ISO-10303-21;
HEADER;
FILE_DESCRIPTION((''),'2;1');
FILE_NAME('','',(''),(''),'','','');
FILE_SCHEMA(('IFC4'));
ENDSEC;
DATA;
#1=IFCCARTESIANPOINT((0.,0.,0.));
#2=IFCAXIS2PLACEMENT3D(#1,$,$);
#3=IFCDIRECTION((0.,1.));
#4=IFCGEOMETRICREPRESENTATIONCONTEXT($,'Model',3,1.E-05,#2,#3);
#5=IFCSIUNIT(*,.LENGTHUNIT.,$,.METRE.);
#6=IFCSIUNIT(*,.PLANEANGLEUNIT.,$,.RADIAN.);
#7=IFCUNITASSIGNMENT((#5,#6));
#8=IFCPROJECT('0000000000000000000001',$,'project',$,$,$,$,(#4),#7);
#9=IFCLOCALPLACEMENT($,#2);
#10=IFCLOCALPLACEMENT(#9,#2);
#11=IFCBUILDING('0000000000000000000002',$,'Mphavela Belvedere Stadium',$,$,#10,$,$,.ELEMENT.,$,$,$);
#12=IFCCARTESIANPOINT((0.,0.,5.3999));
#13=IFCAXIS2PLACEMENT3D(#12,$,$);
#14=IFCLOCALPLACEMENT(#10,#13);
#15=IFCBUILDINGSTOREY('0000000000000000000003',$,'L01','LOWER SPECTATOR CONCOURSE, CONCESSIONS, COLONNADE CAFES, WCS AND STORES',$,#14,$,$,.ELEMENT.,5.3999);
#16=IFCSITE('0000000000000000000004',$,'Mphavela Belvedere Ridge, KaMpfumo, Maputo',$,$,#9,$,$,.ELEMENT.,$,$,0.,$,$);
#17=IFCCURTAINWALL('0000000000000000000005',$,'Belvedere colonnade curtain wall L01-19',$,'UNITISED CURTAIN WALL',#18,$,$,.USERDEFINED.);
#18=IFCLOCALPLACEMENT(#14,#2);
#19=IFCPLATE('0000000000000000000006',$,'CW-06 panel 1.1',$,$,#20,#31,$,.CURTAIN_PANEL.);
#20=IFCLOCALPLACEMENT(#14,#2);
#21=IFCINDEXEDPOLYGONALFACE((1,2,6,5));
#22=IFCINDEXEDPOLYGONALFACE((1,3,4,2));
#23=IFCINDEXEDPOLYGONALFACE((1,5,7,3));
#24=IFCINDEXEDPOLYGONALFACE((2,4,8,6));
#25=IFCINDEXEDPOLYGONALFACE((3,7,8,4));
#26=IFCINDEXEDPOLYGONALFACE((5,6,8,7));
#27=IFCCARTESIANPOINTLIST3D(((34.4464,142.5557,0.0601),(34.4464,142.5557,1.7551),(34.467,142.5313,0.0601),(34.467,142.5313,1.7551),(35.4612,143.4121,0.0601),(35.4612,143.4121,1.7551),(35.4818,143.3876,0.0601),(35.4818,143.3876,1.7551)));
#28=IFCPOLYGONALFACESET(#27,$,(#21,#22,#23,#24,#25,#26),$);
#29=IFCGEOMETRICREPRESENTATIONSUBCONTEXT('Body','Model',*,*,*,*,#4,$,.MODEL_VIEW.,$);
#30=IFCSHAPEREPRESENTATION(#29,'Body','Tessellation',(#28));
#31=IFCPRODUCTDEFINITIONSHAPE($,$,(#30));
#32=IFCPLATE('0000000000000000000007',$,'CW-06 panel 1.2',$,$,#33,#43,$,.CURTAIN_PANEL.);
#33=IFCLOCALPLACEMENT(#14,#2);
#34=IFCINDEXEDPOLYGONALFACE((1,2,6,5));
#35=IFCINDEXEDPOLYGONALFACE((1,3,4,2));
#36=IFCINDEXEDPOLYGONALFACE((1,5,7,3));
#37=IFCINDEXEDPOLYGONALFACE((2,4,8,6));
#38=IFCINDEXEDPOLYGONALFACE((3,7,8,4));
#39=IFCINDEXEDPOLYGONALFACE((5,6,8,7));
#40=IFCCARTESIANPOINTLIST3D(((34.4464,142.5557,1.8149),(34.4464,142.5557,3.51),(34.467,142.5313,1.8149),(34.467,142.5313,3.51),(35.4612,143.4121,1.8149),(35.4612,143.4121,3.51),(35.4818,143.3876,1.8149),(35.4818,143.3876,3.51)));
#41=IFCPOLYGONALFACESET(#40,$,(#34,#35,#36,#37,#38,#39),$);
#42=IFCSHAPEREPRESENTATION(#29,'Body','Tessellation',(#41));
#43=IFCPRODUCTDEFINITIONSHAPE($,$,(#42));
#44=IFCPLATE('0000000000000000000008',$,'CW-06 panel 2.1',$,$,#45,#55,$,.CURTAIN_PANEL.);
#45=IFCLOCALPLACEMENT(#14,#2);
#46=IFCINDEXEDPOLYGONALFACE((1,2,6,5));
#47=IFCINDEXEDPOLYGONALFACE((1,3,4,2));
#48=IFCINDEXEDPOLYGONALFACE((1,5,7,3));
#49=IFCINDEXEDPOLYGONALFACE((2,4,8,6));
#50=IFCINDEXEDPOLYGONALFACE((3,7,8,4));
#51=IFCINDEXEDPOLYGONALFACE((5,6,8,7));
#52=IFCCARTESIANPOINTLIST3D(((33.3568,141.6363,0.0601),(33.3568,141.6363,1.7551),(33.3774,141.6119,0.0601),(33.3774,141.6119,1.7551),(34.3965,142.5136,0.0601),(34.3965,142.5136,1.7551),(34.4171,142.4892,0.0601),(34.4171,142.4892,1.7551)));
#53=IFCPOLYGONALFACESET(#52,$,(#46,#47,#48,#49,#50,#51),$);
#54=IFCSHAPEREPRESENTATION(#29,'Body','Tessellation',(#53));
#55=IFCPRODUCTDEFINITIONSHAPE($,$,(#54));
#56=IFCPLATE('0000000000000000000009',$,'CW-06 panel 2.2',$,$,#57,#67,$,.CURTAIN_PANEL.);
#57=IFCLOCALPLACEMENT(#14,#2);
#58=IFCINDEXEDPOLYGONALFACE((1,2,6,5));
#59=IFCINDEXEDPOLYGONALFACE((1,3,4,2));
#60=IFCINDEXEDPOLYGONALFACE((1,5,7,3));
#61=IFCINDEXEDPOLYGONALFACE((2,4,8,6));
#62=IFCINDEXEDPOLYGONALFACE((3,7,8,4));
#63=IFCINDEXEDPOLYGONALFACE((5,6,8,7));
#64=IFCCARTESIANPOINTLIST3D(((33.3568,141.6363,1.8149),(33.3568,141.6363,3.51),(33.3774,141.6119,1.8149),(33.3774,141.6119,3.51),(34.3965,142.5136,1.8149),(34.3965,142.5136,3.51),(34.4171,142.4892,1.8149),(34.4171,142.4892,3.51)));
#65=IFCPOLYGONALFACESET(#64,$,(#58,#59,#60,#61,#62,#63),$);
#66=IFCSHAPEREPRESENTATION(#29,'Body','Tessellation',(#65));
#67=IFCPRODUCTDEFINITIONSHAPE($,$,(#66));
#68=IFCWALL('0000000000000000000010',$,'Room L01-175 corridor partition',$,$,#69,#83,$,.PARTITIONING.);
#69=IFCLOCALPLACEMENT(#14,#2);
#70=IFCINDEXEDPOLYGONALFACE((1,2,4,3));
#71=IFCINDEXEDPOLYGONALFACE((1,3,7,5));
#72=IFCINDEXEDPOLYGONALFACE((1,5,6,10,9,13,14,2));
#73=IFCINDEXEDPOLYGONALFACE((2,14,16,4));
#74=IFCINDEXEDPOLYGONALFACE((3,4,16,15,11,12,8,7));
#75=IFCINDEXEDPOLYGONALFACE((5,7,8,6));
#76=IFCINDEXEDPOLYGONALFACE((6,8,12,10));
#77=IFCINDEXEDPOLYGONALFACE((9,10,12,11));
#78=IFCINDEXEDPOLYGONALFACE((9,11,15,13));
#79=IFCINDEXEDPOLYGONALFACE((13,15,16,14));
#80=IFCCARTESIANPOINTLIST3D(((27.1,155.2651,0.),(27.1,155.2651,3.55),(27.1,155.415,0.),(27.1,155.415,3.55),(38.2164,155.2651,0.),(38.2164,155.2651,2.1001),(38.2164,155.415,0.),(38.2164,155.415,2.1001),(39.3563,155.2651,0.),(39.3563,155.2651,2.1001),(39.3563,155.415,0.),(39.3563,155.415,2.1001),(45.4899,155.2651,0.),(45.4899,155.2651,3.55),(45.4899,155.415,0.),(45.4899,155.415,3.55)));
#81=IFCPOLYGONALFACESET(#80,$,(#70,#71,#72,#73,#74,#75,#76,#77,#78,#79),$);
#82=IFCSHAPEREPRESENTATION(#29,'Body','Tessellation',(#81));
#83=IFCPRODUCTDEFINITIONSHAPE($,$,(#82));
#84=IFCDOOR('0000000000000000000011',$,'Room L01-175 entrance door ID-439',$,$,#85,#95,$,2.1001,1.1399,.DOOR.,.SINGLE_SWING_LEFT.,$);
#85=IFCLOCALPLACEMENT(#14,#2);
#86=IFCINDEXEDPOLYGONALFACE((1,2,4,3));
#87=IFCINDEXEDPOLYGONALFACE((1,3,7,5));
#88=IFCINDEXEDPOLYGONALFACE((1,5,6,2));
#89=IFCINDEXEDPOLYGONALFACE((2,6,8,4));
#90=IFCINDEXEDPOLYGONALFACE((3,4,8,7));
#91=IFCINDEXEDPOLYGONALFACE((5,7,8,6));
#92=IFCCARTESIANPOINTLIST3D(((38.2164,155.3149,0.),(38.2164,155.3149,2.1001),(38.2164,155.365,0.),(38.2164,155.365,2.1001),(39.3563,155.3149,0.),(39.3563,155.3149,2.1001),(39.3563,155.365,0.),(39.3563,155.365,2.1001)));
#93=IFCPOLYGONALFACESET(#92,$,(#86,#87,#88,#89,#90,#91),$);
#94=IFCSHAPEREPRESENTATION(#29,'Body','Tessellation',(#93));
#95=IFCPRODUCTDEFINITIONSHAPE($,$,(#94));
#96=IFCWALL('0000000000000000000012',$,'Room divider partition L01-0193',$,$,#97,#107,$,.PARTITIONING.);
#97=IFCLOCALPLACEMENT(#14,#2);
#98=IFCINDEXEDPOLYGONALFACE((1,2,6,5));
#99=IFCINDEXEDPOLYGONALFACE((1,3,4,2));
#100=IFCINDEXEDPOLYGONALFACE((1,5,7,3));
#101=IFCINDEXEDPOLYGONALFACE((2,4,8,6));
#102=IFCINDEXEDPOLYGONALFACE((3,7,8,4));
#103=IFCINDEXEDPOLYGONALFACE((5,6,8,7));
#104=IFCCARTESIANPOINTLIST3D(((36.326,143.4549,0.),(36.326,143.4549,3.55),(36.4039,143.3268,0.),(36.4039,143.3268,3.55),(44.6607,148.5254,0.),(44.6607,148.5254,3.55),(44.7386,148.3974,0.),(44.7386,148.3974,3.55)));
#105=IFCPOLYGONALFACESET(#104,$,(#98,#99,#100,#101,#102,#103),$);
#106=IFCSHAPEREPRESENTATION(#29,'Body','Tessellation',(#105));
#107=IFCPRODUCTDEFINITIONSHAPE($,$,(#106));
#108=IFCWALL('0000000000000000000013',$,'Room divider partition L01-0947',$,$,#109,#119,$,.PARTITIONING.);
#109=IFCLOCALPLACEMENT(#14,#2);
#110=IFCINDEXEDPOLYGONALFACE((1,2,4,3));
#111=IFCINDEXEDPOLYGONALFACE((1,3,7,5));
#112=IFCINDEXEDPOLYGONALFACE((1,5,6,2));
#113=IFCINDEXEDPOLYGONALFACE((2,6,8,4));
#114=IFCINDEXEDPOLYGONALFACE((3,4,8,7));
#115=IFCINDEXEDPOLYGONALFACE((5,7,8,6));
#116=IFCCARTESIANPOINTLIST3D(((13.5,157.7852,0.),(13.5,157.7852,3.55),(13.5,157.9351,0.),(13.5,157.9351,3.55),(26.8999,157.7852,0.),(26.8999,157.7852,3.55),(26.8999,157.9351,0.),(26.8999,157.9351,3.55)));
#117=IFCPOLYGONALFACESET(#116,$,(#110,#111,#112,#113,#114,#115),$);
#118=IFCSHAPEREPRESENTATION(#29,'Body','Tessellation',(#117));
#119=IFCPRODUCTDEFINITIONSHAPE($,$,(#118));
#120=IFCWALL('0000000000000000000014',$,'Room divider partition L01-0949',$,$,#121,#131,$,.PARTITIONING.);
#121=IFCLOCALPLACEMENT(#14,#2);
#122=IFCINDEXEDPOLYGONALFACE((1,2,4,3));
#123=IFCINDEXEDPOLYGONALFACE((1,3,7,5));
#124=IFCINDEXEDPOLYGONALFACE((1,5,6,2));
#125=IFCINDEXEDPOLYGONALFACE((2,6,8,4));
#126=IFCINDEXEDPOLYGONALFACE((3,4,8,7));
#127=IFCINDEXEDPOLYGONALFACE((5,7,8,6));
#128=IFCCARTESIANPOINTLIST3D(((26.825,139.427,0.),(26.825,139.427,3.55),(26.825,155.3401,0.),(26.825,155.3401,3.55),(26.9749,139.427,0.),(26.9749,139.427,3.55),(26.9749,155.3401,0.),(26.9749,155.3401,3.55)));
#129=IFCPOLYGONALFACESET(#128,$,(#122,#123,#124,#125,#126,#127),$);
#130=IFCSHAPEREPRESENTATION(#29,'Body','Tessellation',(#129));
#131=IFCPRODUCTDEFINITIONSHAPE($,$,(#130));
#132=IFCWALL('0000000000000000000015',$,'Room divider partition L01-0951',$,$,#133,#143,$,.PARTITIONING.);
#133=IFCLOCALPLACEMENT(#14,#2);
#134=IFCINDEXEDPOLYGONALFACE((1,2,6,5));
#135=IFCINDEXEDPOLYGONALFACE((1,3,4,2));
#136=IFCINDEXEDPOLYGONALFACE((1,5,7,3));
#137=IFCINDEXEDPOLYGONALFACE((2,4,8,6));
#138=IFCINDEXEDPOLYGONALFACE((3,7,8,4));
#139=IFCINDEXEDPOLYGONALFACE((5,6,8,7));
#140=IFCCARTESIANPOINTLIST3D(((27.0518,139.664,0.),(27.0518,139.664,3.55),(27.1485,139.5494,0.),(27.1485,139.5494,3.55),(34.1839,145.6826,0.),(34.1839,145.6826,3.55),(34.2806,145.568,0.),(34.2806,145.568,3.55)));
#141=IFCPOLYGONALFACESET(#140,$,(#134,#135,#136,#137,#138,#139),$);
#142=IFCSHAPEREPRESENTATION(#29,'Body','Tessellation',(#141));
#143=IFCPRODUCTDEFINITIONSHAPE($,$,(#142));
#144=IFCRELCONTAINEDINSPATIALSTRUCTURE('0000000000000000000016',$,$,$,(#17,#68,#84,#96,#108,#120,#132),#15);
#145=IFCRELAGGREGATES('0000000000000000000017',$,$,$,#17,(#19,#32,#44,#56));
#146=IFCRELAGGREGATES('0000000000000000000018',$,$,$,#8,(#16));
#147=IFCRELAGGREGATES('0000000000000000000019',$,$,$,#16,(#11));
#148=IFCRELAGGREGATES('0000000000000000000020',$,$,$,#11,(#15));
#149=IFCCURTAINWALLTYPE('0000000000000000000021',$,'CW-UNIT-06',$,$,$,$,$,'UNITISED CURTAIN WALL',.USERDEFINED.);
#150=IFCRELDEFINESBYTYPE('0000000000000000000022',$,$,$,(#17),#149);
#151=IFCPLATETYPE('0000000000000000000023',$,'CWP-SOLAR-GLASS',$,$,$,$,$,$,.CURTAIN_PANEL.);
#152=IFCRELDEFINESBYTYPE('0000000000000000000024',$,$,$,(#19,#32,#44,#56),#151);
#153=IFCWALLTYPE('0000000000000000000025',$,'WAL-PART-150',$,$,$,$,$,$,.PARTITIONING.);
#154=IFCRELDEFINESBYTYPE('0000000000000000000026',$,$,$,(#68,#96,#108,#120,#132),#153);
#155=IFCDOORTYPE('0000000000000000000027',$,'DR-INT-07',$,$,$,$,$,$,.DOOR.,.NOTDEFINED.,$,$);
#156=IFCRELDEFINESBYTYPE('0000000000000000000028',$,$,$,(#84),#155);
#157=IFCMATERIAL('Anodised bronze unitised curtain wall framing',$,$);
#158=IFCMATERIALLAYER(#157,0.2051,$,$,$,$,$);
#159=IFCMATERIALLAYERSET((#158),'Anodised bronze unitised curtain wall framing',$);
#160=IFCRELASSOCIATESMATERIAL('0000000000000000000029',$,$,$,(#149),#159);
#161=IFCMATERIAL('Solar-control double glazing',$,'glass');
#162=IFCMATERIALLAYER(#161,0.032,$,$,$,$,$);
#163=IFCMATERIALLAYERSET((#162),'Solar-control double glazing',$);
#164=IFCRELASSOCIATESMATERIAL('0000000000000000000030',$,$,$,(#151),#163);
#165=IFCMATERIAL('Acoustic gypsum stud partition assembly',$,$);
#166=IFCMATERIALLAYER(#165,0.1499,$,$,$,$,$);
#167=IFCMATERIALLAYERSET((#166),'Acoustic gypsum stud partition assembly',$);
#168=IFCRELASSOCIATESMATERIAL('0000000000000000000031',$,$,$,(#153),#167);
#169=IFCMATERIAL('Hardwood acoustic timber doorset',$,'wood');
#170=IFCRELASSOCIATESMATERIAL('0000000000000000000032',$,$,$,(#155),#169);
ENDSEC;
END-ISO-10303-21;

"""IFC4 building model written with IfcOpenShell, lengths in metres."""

from ifc_helpers import new_model, si_unit, direction, frame, frame_2d, origin, origin_2d, place, context, subcontext, project, spatial, rectangle, extrude, material, layer, layer_set, type_object, element, fill, aggregate, save


model = new_model("IFC4")

# Units and contexts
model_context = context("Model", 3, precision=1e-05, world=origin(), true_north=direction((0.0, 1.0)))
body_context = subcontext(model_context, "Body", "Model", "MODEL_VIEW")
ifc_project = project(units=[si_unit("LENGTHUNIT", "METRE"), si_unit("PLANEANGLEUNIT", "RADIAN")], contexts=[model_context])

# Site, building, storey
site_placement = place(None, origin())
site = spatial("IfcSite", under=ifc_project, at=site_placement, Name="Mphavela Belvedere Ridge, KaMpfumo, Maputo", CompositionType="ELEMENT", RefElevation=0.0)
building_placement = place(site_placement, origin())
building = spatial("IfcBuilding", under=site, at=building_placement, Name="Mphavela Belvedere Stadium", CompositionType="ELEMENT")
storey_placement = place(building_placement, frame((0.0, 0.0, 5.3999)))
storey = spatial("IfcBuildingStorey", under=building, at=storey_placement, Name="L01", Description="LOWER SPECTATOR CONCOURSE, CONCESSIONS, COLONNADE CAFES, WCS AND STORES", CompositionType="ELEMENT", Elevation=5.3999)

# Curtain wall
ifc_material_1 = material(Name="Anodised bronze unitised curtain wall framing")
ifc_layer_1 = layer(ifc_material_1, 0.2051)
ifc_layer_set_1 = layer_set([ifc_layer_1], Name="Anodised bronze unitised curtain wall framing")
curtain_wall_type_1 = type_object("IfcCurtainWallType", Name="CW-UNIT-06", ElementType="UNITISED CURTAIN WALL", PredefinedType="USERDEFINED", material=ifc_layer_set_1)
curtain_wall_1_placement = place(storey_placement, origin())
curtain_wall_1 = element("IfcCurtainWall", 1, at=curtain_wall_1_placement, inside=storey, type_object=curtain_wall_type_1, Name="Belvedere colonnade curtain wall L01-19", ObjectType="UNITISED CURTAIN WALL", PredefinedType="USERDEFINED")

# Plates
ifc_material_2 = material(Name="Solar-control double glazing", Category="glass")
ifc_layer_2 = layer(ifc_material_2, 0.032)
ifc_layer_set_2 = layer_set([ifc_layer_2], Name="Solar-control double glazing")
plate_type = type_object("IfcPlateType", Name="CWP-SOLAR-GLASS", PredefinedType="CURTAIN_PANEL", material=ifc_layer_set_2)
plate_1_placement = place(storey_placement, frame((34.9641, 142.9717, 0.0601), z_axis=(0.0, 0.0, 1.0), x_axis=(-0.764259, -0.64491, 0.0)))
plate_1 = element("IfcPlate", 2, at=plate_1_placement, type_object=plate_type, Name="CW-06 panel 1.1", PredefinedType="CURTAIN_PANEL", context=body_context, shape_type="SweptSolid", body=[
    extrude(rectangle(XDim=1.3279, YDim=0.032, at=origin_2d()), origin(), (0.0, 0.0, 1.0), 1.6951),
])
plate_2_placement = place(storey_placement, frame((34.9641, 142.9717, 1.8149), z_axis=(0.0, 0.0, 1.0), x_axis=(-0.764259, -0.64491, 0.0)))
plate_2 = element("IfcPlate", 3, at=plate_2_placement, type_object=plate_type, Name="CW-06 panel 1.2", PredefinedType="CURTAIN_PANEL", context=body_context, shape_type="SweptSolid", body=[
    extrude(rectangle(XDim=1.3279, YDim=0.032, at=origin_2d()), origin(), (0.0, 0.0, 1.0), 1.6951),
])
plate_3_placement = place(storey_placement, frame((33.887, 142.0627, 0.0601), z_axis=(0.0, 0.0, 1.0), x_axis=(-0.764259, -0.64491, 0.0)))
plate_3 = element("IfcPlate", 4, at=plate_3_placement, type_object=plate_type, Name="CW-06 panel 2.1", PredefinedType="CURTAIN_PANEL", context=body_context, shape_type="SweptSolid", body=[
    extrude(rectangle(XDim=1.3604, YDim=0.032, at=origin_2d()), origin(), (0.0, 0.0, 1.0), 1.6951),
])
plate_4_placement = place(storey_placement, frame((33.887, 142.0627, 1.8149), z_axis=(0.0, 0.0, 1.0), x_axis=(-0.764259, -0.64491, 0.0)))
plate_4 = element("IfcPlate", 5, at=plate_4_placement, type_object=plate_type, Name="CW-06 panel 2.2", PredefinedType="CURTAIN_PANEL", context=body_context, shape_type="SweptSolid", body=[
    extrude(rectangle(XDim=1.3604, YDim=0.032, at=origin_2d()), origin(), (0.0, 0.0, 1.0), 1.6951),
])
aggregate(curtain_wall_1, [plate_1, plate_2, plate_3, plate_4])

# Wall, opening, door
ifc_material_3 = material(Name="Acoustic gypsum stud partition assembly")
ifc_layer_3 = layer(ifc_material_3, 0.1499)
ifc_layer_set_3 = layer_set([ifc_layer_3], Name="Acoustic gypsum stud partition assembly")
wall_type = type_object("IfcWallType", Name="WAL-PART-150", PredefinedType="PARTITIONING", material=ifc_layer_set_3)
wall_1_placement = place(storey_placement, frame((27.1001, 155.3401, 0.0), z_axis=(0.0, 0.0, 1.0), x_axis=(1.0, 0.0, 0.0)))
wall_1 = element("IfcWall", 6, at=wall_1_placement, inside=storey, type_object=wall_type, Name="Room L01-175 corridor partition", PredefinedType="PARTITIONING", context=body_context, shape_type="SweptSolid", body=[
    extrude(rectangle(XDim=18.3899, YDim=0.1499, at=frame_2d((9.1948, 0.0))), origin(), (0.0, 0.0, 1.0), 3.55),
])
opening_placement = place(wall_1_placement, frame((11.1165, 0.0, 0.0)))
opening = element("IfcOpeningElement", 7, at=opening_placement, cuts=wall_1, PredefinedType="OPENING", context=body_context, shape_type="SweptSolid", body=[
    extrude(rectangle(XDim=1.1399, YDim=2.1001, at=frame_2d((0.5698, 1.05))), frame((0.0, 0.085, 0.0), z_axis=(0.0, -1.0, 0.0), x_axis=(1.0, 0.0, 0.0)), (0.0, 0.0, 1.0), 0.1699),
])
ifc_material_4 = material(Name="Hardwood acoustic timber doorset", Category="wood")
door_type = type_object("IfcDoorType", Name="DR-INT-07", OperationType="NOTDEFINED", PredefinedType="DOOR", material=ifc_material_4)
door_placement = place(opening_placement, origin())
door = element("IfcDoor", 8, at=door_placement, inside=storey, type_object=door_type, Name="Room L01-175 entrance door ID-439", OperationType="SINGLE_SWING_LEFT", OverallHeight=2.1001, OverallWidth=1.1399, PredefinedType="DOOR", context=body_context, shape_type="SweptSolid", body=[
    extrude(rectangle(XDim=1.1399, YDim=2.1001, at=frame_2d((0.5698, 1.05))), frame((0.0, 0.0249, 0.0), z_axis=(0.0, -1.0, 0.0), x_axis=(1.0, 0.0, 0.0)), (0.0, 0.0, 1.0), 0.05),
])
fill(opening, door)

# Walls
wall_2_placement = place(storey_placement, frame((36.365, 143.3909, 0.0), z_axis=(0.0, 0.0, 1.0), x_axis=(0.854324, 0.519741, 0.0)))
element("IfcWall", 9, at=wall_2_placement, inside=storey, type_object=wall_type, Name="Room divider partition L01-0193", PredefinedType="PARTITIONING", context=body_context, shape_type="SweptSolid", body=[
    extrude(rectangle(XDim=9.7559, YDim=0.1499, at=frame_2d((4.8779, 0.0))), origin(), (0.0, 0.0, 1.0), 3.55),
])
wall_3_placement = place(storey_placement, frame((26.8999, 157.8601, 0.0), z_axis=(0.0, 0.0, 1.0), x_axis=(-1.0, 0.0, 0.0)))
element("IfcWall", 10, at=wall_3_placement, inside=storey, type_object=wall_type, Name="Room divider partition L01-0947", PredefinedType="PARTITIONING", context=body_context, shape_type="SweptSolid", body=[
    extrude(rectangle(XDim=13.3999, YDim=0.1499, at=frame_2d((6.7, 0.0))), origin(), (0.0, 0.0, 1.0), 3.55),
])
wall_4_placement = place(storey_placement, frame((26.8999, 155.3401, 0.0), z_axis=(0.0, 0.0, 1.0), x_axis=(0.0, -1.0, 0.0)))
element("IfcWall", 11, at=wall_4_placement, inside=storey, type_object=wall_type, Name="Room divider partition L01-0949", PredefinedType="PARTITIONING", context=body_context, shape_type="SweptSolid", body=[
    extrude(rectangle(XDim=15.9131, YDim=0.1499, at=frame_2d((7.9565, 0.0))), origin(), (0.0, 0.0, 1.0), 3.55),
])
wall_5_placement = place(storey_placement, frame((34.2322, 145.6252, 0.0), z_axis=(0.0, 0.0, 1.0), x_axis=(-0.764246, -0.644925, 0.0)))
element("IfcWall", 12, at=wall_5_placement, inside=storey, type_object=wall_type, Name="Room divider partition L01-0951", PredefinedType="PARTITIONING", context=body_context, shape_type="SweptSolid", body=[
    extrude(rectangle(XDim=9.3323, YDim=0.1499, at=frame_2d((4.666, 0.0))), origin(), (0.0, 0.0, 1.0), 3.55),
])

save(model, "model.ifc")
